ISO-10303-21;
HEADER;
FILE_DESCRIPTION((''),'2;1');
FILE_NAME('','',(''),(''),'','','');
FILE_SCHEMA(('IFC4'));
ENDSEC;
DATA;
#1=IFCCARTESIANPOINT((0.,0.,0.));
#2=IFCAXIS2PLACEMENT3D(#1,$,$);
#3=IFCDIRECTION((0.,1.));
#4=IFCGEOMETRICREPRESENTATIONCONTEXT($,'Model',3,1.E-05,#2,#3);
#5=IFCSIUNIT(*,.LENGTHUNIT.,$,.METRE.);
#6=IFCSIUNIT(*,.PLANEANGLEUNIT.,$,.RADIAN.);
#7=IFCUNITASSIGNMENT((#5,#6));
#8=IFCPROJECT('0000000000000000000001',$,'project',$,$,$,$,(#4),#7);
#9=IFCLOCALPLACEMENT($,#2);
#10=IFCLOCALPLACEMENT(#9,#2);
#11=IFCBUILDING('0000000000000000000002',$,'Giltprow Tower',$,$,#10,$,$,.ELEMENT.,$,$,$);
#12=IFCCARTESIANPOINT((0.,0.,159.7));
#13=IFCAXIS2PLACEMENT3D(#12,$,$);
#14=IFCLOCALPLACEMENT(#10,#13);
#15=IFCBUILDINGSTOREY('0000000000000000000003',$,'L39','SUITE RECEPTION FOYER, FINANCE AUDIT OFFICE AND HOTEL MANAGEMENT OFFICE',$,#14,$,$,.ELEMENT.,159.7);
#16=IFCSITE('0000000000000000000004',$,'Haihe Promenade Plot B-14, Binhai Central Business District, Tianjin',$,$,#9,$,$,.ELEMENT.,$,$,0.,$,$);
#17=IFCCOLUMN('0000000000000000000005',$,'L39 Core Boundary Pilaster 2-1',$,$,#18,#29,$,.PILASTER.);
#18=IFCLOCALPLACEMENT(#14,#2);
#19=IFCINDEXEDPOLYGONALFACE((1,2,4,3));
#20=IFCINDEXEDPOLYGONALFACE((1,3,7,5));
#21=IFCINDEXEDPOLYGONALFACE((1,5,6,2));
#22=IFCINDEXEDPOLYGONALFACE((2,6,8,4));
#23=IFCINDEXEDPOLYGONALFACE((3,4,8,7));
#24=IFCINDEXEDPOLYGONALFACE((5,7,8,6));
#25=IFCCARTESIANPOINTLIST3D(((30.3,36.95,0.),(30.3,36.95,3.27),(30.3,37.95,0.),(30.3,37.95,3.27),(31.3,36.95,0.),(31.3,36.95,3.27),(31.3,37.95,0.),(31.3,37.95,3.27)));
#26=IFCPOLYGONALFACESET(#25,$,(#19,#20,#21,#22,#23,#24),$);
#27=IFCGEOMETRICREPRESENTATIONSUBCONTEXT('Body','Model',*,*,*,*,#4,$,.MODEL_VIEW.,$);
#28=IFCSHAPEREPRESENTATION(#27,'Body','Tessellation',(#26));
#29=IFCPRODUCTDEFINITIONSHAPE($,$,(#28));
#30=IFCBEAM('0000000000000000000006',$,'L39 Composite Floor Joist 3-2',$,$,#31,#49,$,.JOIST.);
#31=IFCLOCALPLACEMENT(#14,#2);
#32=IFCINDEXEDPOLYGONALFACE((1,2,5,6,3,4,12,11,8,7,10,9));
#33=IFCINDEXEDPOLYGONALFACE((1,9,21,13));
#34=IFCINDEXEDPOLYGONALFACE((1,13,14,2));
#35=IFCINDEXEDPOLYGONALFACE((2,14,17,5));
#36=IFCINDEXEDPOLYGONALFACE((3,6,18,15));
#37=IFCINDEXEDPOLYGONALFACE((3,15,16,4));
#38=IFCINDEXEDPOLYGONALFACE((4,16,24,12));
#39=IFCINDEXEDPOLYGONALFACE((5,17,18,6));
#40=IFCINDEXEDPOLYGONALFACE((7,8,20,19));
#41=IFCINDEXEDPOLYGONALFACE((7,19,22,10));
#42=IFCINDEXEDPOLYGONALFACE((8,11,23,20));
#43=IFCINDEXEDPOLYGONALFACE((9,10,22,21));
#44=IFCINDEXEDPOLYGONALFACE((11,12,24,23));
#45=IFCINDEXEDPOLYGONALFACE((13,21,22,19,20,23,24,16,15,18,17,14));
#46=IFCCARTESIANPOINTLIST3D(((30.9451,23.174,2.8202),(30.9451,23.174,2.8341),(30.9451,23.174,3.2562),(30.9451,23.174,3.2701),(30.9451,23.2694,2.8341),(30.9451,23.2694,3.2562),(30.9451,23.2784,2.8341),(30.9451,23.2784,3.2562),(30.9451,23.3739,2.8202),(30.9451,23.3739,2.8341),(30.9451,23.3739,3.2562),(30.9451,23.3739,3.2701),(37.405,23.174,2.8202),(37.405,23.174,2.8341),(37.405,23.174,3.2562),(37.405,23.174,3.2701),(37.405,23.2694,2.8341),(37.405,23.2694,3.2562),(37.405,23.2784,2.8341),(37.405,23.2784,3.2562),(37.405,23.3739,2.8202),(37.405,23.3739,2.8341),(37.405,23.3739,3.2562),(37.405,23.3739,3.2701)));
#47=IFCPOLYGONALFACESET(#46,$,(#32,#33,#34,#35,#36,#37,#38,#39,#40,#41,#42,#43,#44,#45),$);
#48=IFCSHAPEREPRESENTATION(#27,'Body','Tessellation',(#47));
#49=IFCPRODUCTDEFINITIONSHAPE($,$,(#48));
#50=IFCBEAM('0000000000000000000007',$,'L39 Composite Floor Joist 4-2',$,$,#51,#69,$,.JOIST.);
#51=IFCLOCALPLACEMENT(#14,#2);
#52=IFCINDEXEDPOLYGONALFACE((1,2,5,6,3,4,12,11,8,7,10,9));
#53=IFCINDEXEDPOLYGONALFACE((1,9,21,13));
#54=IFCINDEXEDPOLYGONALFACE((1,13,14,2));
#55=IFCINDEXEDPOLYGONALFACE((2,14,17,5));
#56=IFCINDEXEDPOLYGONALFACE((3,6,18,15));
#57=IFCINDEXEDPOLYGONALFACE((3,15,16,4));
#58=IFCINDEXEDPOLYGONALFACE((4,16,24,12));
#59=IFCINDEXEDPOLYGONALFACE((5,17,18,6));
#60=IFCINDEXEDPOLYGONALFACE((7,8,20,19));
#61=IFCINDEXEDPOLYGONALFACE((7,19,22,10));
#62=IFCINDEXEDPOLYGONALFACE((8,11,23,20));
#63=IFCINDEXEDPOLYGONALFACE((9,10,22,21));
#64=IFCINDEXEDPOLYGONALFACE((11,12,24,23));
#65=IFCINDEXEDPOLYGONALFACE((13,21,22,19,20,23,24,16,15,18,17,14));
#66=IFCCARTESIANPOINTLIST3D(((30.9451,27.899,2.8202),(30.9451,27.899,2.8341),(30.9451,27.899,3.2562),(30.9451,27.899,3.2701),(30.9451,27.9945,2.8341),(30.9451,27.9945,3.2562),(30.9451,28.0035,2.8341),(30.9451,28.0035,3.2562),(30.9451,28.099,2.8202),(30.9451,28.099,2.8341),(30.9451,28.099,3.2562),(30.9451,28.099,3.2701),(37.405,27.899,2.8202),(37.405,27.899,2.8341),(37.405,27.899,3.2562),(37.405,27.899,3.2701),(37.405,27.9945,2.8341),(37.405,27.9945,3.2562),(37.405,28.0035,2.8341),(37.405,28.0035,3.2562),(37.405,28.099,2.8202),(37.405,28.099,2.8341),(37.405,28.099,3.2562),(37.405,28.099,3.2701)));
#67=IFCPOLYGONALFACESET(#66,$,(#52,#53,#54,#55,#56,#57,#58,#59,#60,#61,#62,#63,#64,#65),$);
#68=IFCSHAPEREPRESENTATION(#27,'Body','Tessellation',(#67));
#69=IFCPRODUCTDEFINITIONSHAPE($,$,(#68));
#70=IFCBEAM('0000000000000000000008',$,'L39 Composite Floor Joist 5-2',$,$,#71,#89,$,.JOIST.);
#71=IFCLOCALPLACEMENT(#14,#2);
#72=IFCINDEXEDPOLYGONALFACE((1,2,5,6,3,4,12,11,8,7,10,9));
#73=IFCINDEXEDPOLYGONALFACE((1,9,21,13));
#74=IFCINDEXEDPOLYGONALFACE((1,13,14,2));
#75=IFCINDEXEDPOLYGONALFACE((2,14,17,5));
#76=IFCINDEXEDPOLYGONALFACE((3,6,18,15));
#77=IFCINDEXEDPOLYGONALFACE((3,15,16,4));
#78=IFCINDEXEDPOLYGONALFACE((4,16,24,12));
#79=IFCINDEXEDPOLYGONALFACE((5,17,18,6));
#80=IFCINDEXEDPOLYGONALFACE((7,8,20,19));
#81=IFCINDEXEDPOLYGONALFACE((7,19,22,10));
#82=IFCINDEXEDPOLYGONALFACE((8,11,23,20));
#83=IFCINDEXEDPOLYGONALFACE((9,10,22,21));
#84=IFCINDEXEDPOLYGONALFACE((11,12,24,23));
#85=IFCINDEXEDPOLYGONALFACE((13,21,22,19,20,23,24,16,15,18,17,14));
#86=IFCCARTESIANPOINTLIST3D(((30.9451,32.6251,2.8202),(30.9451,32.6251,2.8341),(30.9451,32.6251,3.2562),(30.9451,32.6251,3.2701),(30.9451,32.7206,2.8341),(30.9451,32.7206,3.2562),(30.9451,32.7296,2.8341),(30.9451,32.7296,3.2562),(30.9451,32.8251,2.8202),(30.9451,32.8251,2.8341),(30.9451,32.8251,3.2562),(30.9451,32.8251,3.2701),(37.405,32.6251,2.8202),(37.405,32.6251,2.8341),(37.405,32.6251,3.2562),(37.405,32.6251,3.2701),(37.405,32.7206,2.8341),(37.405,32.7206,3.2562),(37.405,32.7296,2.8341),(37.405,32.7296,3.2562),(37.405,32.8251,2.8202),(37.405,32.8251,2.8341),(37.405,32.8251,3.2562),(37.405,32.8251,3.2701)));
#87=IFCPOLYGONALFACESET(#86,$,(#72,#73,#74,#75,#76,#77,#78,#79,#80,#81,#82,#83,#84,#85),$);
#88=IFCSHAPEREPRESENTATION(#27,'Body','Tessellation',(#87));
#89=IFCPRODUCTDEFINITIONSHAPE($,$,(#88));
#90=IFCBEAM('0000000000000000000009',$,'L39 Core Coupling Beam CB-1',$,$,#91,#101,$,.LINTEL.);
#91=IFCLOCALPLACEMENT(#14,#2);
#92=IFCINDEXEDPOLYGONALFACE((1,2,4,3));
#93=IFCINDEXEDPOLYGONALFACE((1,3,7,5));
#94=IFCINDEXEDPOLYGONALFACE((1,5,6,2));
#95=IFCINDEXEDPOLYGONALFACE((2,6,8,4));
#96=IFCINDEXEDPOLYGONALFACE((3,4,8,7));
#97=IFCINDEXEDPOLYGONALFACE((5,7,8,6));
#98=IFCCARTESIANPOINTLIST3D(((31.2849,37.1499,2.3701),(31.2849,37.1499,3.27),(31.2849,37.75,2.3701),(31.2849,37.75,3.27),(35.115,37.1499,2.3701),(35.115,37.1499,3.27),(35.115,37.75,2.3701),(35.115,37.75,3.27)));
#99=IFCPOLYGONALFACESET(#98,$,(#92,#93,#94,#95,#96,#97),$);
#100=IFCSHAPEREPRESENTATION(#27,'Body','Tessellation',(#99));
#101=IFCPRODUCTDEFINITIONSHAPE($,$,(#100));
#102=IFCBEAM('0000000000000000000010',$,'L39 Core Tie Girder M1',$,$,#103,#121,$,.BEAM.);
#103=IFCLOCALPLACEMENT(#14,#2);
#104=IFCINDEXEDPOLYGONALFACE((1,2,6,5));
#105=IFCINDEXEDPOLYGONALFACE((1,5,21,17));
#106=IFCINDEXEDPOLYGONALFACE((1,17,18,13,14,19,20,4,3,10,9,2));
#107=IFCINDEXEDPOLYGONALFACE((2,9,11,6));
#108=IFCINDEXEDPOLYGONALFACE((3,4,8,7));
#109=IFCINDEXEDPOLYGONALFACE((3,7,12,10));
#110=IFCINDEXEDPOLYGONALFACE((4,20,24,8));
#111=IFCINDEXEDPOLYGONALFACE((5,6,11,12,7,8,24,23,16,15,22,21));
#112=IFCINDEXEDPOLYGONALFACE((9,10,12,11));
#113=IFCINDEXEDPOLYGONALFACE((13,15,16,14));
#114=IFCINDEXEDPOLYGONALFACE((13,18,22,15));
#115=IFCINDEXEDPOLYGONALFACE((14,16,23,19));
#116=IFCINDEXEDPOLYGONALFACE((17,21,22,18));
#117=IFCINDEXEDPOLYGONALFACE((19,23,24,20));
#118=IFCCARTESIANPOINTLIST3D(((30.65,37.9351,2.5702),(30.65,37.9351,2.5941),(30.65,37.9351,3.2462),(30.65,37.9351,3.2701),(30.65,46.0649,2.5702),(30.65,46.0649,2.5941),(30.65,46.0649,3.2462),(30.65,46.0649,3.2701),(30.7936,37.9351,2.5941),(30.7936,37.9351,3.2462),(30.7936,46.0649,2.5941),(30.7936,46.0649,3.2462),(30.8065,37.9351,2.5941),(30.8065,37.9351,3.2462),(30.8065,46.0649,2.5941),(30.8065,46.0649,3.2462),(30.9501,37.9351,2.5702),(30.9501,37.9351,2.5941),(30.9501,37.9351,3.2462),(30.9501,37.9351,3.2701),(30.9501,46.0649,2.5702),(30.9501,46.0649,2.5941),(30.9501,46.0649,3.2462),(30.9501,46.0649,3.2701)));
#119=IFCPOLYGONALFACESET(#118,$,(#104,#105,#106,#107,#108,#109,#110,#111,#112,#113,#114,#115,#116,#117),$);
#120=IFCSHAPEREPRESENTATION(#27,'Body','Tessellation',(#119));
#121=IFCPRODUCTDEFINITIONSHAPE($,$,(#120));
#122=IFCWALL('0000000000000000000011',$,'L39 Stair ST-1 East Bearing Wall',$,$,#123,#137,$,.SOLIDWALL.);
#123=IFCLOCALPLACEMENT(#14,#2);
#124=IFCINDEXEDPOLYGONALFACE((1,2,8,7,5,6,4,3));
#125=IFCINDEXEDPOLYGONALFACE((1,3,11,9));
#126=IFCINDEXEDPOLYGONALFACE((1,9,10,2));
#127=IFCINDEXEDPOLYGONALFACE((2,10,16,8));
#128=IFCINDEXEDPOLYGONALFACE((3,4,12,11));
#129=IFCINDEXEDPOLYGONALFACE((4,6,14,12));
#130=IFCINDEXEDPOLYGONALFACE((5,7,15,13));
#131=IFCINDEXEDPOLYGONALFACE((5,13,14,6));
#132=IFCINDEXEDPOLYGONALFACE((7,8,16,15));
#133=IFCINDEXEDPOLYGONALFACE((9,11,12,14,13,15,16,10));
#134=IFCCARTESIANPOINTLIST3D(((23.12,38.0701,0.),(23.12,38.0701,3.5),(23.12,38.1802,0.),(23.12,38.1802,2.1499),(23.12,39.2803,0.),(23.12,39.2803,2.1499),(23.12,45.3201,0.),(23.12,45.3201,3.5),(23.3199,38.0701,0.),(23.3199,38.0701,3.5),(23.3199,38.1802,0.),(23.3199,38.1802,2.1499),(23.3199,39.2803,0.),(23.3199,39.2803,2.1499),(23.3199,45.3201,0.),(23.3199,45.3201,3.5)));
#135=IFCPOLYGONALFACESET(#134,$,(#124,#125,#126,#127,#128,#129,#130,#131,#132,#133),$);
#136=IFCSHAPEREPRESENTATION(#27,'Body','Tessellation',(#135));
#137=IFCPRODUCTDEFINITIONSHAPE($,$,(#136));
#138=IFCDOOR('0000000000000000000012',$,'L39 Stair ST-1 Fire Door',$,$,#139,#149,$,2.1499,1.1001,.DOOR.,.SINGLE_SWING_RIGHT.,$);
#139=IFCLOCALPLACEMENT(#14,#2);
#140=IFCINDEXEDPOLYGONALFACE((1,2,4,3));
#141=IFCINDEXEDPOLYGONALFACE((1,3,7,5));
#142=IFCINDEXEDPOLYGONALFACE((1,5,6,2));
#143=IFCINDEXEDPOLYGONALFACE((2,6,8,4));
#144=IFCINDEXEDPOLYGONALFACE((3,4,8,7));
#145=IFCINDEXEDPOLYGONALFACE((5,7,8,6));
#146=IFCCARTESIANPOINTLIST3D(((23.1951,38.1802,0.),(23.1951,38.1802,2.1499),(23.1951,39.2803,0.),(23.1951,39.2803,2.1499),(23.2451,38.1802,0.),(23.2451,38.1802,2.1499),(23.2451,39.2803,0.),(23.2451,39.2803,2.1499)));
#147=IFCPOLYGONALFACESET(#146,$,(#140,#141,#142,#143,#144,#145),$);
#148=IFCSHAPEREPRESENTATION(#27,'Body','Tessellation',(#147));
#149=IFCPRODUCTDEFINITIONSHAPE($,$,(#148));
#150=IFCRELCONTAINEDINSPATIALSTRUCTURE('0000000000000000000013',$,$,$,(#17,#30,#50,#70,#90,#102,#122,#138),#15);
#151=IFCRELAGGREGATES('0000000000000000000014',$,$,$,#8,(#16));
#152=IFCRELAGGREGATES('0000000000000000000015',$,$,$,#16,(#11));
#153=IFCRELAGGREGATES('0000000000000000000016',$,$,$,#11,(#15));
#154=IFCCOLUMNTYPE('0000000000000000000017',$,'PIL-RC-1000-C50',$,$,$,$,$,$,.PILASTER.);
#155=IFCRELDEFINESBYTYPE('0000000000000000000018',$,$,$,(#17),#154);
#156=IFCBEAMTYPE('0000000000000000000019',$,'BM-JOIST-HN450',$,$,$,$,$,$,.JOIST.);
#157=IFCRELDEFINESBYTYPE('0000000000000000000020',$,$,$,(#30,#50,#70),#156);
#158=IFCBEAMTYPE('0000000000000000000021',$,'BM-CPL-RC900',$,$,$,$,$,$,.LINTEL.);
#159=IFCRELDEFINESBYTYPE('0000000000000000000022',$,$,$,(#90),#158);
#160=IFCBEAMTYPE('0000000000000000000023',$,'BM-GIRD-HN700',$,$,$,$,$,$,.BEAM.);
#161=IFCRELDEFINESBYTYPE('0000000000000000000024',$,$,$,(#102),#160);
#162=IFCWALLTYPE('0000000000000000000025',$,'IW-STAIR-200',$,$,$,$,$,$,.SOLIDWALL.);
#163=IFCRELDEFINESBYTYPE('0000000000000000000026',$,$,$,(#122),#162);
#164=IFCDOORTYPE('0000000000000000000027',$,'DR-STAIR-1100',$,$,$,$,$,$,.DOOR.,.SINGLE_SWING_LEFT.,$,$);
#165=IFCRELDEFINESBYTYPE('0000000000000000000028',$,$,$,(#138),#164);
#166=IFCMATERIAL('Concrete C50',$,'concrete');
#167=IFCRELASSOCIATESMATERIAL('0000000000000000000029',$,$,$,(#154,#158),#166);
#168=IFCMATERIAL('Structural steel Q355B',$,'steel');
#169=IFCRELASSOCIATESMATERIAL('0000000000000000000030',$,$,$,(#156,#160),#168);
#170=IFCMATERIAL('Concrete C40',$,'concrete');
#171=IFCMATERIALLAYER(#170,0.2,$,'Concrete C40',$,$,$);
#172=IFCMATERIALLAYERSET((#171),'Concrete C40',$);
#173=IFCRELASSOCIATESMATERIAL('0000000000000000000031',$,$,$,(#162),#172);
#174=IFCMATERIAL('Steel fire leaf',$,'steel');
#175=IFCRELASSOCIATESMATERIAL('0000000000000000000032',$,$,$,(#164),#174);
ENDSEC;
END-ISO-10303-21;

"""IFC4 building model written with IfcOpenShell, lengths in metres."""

from ifc_helpers import new_model, si_unit, direction, frame, frame_2d, origin, origin_2d, place, context, subcontext, project, spatial, rectangle, i_section, extrude, source, transform, mapped, material, layer, layer_set, material_profile, profile_set, type_object, element, fill, save


model = new_model("IFC4")

# Units and contexts
model_context = context("Model", 3, precision=1e-05, world=origin(), true_north=direction((0.0, 1.0)))
body_context = subcontext(model_context, "Body", "Model", "MODEL_VIEW")
ifc_project = project(units=[si_unit("LENGTHUNIT", "METRE"), si_unit("PLANEANGLEUNIT", "RADIAN")], contexts=[model_context])

# Site, building, storey
site_placement = place(None, origin())
site = spatial("IfcSite", under=ifc_project, at=site_placement, Name="Haihe Promenade Plot B-14, Binhai Central Business District, Tianjin", CompositionType="ELEMENT", RefElevation=0.0)
building_placement = place(site_placement, origin())
building = spatial("IfcBuilding", under=site, at=building_placement, Name="Giltprow Tower", CompositionType="ELEMENT")
storey_placement = place(building_placement, frame((0.0, 0.0, 159.7)))
storey = spatial("IfcBuildingStorey", under=building, at=storey_placement, Name="L39", Description="SUITE RECEPTION FOYER, FINANCE AUDIT OFFICE AND HOTEL MANAGEMENT OFFICE", CompositionType="ELEMENT", Elevation=159.7)

# Column
ifc_material_1 = material(Name="Concrete C50", Category="concrete")
ifc_material_profile_1 = material_profile(ifc_material_1, rectangle(XDim=1.0, YDim=1.0, at=origin_2d()), Name="RC 1000x1000")
ifc_profile_set_1 = profile_set([ifc_material_profile_1], Name="Concrete C50")
column_type = type_object("IfcColumnType", Name="PIL-RC-1000-C50", PredefinedType="PILASTER", material=ifc_profile_set_1)
shared_shape_1 = source(origin(), body_context, "Body", "SweptSolid", [
    extrude(rectangle(XDim=1.0, YDim=1.0, at=origin_2d()), origin(), (0.0, 0.0, 1.0), 3.27),
])
column_placement = place(storey_placement, frame((30.8, 37.45, 0.0), z_axis=(0.0, 0.0, 1.0), x_axis=(1.0, 0.0, 0.0)))
element("IfcColumn", 1, at=column_placement, inside=storey, type_object=column_type, Name="L39 Core Boundary Pilaster 2-1", PredefinedType="PILASTER", context=body_context, shape_type="MappedRepresentation", body=[
    mapped(shared_shape_1, transform((0.0, 0.0, 0.0), x_axis=(1.0, 0.0, 0.0), y_axis=(0.0, 1.0, 0.0), z_axis=(0.0, 0.0, 1.0), scale=1.0)),
])

# Beams
ifc_material_2 = material(Name="Structural steel Q355B", Category="steel")
ifc_material_profile_2 = material_profile(ifc_material_2, i_section(OverallWidth=0.2, OverallDepth=0.45, WebThickness=0.009, FlangeThickness=0.0139, at=origin_2d()), Name="HN 450x200x9x14")
ifc_profile_set_2 = profile_set([ifc_material_profile_2], Name="Structural steel Q355B")
beam_type_1 = type_object("IfcBeamType", Name="BM-JOIST-HN450", PredefinedType="JOIST", material=ifc_profile_set_2)
shared_shape_2 = source(origin(), body_context, "Body", "SweptSolid", [
    extrude(i_section(OverallWidth=0.2, OverallDepth=0.45, WebThickness=0.009, FlangeThickness=0.0139, at=origin_2d()), origin(), (0.0, 0.0, 1.0), 6.46),
])
for number, where, z_axis, x_axis, name in (
    (2, (30.9451, 23.2739, 3.0452), (1.0, 0.0, 0.0), (0.0, 1.0, 0.0), "L39 Composite Floor Joist 3-2"),
    (3, (30.9451, 27.999, 3.0452), (1.0, 0.0, 0.0), (0.0, 1.0, 0.0), "L39 Composite Floor Joist 4-2"),
    (4, (30.9451, 32.7251, 3.0452), (1.0, 0.0, 0.0), (0.0, 1.0, 0.0), "L39 Composite Floor Joist 5-2"),
):
    element("IfcBeam", number, at=place(storey_placement, frame(where, z_axis=z_axis, x_axis=x_axis)), inside=storey, type_object=beam_type_1, Name=name, PredefinedType="JOIST", context=body_context, shape_type="MappedRepresentation", body=[
        mapped(shared_shape_2, transform((0.0, 0.0, 0.0), x_axis=(1.0, 0.0, 0.0), y_axis=(0.0, 1.0, 0.0), z_axis=(0.0, 0.0, 1.0), scale=1.0)),
    ])
ifc_material_profile_3 = material_profile(ifc_material_1, rectangle(XDim=0.6001, YDim=0.8999, at=origin_2d()), Name="RC 900x600")
ifc_profile_set_3 = profile_set([ifc_material_profile_3], Name="Concrete C50")
beam_type_2 = type_object("IfcBeamType", Name="BM-CPL-RC900", PredefinedType="LINTEL", material=ifc_profile_set_3)
shared_shape_3 = source(origin(), body_context, "Body", "SweptSolid", [
    extrude(rectangle(XDim=0.6001, YDim=0.8999, at=origin_2d()), origin(), (0.0, 0.0, 1.0), 3.8301),
])
beam_1_placement = place(storey_placement, frame((31.2849, 37.45, 2.8201), z_axis=(1.0, 0.0, 0.0), x_axis=(0.0, 1.0, 0.0)))
element("IfcBeam", 5, at=beam_1_placement, inside=storey, type_object=beam_type_2, Name="L39 Core Coupling Beam CB-1", PredefinedType="LINTEL", context=body_context, shape_type="MappedRepresentation", body=[
    mapped(shared_shape_3, transform((0.0, 0.0, 0.0), x_axis=(1.0, 0.0, 0.0), y_axis=(0.0, 1.0, 0.0), z_axis=(0.0, 0.0, 1.0), scale=1.0)),
])
ifc_material_profile_4 = material_profile(ifc_material_2, i_section(OverallWidth=0.3, OverallDepth=0.7, WebThickness=0.0129, FlangeThickness=0.0239, at=origin_2d()), Name="HN 700x300x13x24")
ifc_profile_set_4 = profile_set([ifc_material_profile_4], Name="Structural steel Q355B")
beam_type_3 = type_object("IfcBeamType", Name="BM-GIRD-HN700", PredefinedType="BEAM", material=ifc_profile_set_4)
shared_shape_4 = source(origin(), body_context, "Body", "SweptSolid", [
    extrude(i_section(OverallWidth=0.3, OverallDepth=0.7, WebThickness=0.0129, FlangeThickness=0.0239, at=origin_2d()), origin(), (0.0, 0.0, 1.0), 8.1299),
])
beam_2_placement = place(storey_placement, frame((30.8, 37.9351, 2.9202), z_axis=(0.0, 1.0, 0.0), x_axis=(-1.0, 0.0, 0.0)))
element("IfcBeam", 6, at=beam_2_placement, inside=storey, type_object=beam_type_3, Name="L39 Core Tie Girder M1", PredefinedType="BEAM", context=body_context, shape_type="MappedRepresentation", body=[
    mapped(shared_shape_4, transform((0.0, 0.0, 0.0), x_axis=(1.0, 0.0, 0.0), y_axis=(0.0, 1.0, 0.0), z_axis=(0.0, 0.0, 1.0), scale=1.0)),
])

# Wall, opening, door
ifc_material_3 = material(Name="Concrete C40", Category="concrete")
ifc_layer_1 = layer(ifc_material_3, 0.2, Name="Concrete C40")
ifc_layer_set_1 = layer_set([ifc_layer_1], Name="Concrete C40")
wall_type_1 = type_object("IfcWallType", Name="IW-STAIR-200", PredefinedType="SOLIDWALL", material=ifc_layer_set_1)
wall_1_placement = place(storey_placement, frame((23.22, 38.0701, 0.0), z_axis=(0.0, 0.0, 1.0), x_axis=(0.0, 1.0, 0.0)))
wall_1 = element("IfcWall", 7, at=wall_1_placement, inside=storey, type_object=wall_type_1, Name="L39 Stair ST-1 East Bearing Wall", PredefinedType="SOLIDWALL", context=body_context, shape_type="SweptSolid", body=[
    extrude(rectangle(XDim=7.25, YDim=0.2, at=frame_2d((3.625, 0.0))), origin(), (0.0, 0.0, 1.0), 3.5),
])
opening_1_placement = place(wall_1_placement, frame((0.1101, 0.0, 0.0)))
opening_1 = element("IfcOpeningElement", 8, at=opening_1_placement, cuts=wall_1, PredefinedType="OPENING", context=body_context, shape_type="SweptSolid", body=[
    extrude(rectangle(XDim=1.1001, YDim=2.1499, at=frame_2d((0.55, 1.075))), frame((0.0, 0.1099, 0.0), z_axis=(0.0, -1.0, 0.0), x_axis=(1.0, 0.0, 0.0)), (0.0, 0.0, 1.0), 0.22),
])
ifc_material_4 = material(Name="Steel fire leaf", Category="steel")
door_type_1 = type_object("IfcDoorType", Name="DR-STAIR-1100", OperationType="SINGLE_SWING_LEFT", PredefinedType="DOOR", material=ifc_material_4)
shared_shape_5 = source(origin(), body_context, "Body", "SweptSolid", [
    extrude(rectangle(XDim=1.1001, YDim=2.1499, at=frame_2d((0.55, 1.075))), frame((0.0, 0.0249, 0.0), z_axis=(0.0, -1.0, 0.0), x_axis=(1.0, 0.0, 0.0)), (0.0, 0.0, 1.0), 0.05),
])
door_1_placement = place(opening_1_placement, origin())
door_1 = element("IfcDoor", 9, at=door_1_placement, inside=storey, type_object=door_type_1, Name="L39 Stair ST-1 Fire Door", OperationType="SINGLE_SWING_RIGHT", OverallHeight=2.1499, OverallWidth=1.1001, PredefinedType="DOOR", context=body_context, shape_type="MappedRepresentation", body=[
    mapped(shared_shape_5, transform((0.0, 0.0, 0.0), x_axis=(1.0, 0.0, 0.0), y_axis=(0.0, 1.0, 0.0), z_axis=(0.0, 0.0, 1.0), scale=1.0)),
])
fill(opening_1, door_1)

save(model, "model.ifc")
